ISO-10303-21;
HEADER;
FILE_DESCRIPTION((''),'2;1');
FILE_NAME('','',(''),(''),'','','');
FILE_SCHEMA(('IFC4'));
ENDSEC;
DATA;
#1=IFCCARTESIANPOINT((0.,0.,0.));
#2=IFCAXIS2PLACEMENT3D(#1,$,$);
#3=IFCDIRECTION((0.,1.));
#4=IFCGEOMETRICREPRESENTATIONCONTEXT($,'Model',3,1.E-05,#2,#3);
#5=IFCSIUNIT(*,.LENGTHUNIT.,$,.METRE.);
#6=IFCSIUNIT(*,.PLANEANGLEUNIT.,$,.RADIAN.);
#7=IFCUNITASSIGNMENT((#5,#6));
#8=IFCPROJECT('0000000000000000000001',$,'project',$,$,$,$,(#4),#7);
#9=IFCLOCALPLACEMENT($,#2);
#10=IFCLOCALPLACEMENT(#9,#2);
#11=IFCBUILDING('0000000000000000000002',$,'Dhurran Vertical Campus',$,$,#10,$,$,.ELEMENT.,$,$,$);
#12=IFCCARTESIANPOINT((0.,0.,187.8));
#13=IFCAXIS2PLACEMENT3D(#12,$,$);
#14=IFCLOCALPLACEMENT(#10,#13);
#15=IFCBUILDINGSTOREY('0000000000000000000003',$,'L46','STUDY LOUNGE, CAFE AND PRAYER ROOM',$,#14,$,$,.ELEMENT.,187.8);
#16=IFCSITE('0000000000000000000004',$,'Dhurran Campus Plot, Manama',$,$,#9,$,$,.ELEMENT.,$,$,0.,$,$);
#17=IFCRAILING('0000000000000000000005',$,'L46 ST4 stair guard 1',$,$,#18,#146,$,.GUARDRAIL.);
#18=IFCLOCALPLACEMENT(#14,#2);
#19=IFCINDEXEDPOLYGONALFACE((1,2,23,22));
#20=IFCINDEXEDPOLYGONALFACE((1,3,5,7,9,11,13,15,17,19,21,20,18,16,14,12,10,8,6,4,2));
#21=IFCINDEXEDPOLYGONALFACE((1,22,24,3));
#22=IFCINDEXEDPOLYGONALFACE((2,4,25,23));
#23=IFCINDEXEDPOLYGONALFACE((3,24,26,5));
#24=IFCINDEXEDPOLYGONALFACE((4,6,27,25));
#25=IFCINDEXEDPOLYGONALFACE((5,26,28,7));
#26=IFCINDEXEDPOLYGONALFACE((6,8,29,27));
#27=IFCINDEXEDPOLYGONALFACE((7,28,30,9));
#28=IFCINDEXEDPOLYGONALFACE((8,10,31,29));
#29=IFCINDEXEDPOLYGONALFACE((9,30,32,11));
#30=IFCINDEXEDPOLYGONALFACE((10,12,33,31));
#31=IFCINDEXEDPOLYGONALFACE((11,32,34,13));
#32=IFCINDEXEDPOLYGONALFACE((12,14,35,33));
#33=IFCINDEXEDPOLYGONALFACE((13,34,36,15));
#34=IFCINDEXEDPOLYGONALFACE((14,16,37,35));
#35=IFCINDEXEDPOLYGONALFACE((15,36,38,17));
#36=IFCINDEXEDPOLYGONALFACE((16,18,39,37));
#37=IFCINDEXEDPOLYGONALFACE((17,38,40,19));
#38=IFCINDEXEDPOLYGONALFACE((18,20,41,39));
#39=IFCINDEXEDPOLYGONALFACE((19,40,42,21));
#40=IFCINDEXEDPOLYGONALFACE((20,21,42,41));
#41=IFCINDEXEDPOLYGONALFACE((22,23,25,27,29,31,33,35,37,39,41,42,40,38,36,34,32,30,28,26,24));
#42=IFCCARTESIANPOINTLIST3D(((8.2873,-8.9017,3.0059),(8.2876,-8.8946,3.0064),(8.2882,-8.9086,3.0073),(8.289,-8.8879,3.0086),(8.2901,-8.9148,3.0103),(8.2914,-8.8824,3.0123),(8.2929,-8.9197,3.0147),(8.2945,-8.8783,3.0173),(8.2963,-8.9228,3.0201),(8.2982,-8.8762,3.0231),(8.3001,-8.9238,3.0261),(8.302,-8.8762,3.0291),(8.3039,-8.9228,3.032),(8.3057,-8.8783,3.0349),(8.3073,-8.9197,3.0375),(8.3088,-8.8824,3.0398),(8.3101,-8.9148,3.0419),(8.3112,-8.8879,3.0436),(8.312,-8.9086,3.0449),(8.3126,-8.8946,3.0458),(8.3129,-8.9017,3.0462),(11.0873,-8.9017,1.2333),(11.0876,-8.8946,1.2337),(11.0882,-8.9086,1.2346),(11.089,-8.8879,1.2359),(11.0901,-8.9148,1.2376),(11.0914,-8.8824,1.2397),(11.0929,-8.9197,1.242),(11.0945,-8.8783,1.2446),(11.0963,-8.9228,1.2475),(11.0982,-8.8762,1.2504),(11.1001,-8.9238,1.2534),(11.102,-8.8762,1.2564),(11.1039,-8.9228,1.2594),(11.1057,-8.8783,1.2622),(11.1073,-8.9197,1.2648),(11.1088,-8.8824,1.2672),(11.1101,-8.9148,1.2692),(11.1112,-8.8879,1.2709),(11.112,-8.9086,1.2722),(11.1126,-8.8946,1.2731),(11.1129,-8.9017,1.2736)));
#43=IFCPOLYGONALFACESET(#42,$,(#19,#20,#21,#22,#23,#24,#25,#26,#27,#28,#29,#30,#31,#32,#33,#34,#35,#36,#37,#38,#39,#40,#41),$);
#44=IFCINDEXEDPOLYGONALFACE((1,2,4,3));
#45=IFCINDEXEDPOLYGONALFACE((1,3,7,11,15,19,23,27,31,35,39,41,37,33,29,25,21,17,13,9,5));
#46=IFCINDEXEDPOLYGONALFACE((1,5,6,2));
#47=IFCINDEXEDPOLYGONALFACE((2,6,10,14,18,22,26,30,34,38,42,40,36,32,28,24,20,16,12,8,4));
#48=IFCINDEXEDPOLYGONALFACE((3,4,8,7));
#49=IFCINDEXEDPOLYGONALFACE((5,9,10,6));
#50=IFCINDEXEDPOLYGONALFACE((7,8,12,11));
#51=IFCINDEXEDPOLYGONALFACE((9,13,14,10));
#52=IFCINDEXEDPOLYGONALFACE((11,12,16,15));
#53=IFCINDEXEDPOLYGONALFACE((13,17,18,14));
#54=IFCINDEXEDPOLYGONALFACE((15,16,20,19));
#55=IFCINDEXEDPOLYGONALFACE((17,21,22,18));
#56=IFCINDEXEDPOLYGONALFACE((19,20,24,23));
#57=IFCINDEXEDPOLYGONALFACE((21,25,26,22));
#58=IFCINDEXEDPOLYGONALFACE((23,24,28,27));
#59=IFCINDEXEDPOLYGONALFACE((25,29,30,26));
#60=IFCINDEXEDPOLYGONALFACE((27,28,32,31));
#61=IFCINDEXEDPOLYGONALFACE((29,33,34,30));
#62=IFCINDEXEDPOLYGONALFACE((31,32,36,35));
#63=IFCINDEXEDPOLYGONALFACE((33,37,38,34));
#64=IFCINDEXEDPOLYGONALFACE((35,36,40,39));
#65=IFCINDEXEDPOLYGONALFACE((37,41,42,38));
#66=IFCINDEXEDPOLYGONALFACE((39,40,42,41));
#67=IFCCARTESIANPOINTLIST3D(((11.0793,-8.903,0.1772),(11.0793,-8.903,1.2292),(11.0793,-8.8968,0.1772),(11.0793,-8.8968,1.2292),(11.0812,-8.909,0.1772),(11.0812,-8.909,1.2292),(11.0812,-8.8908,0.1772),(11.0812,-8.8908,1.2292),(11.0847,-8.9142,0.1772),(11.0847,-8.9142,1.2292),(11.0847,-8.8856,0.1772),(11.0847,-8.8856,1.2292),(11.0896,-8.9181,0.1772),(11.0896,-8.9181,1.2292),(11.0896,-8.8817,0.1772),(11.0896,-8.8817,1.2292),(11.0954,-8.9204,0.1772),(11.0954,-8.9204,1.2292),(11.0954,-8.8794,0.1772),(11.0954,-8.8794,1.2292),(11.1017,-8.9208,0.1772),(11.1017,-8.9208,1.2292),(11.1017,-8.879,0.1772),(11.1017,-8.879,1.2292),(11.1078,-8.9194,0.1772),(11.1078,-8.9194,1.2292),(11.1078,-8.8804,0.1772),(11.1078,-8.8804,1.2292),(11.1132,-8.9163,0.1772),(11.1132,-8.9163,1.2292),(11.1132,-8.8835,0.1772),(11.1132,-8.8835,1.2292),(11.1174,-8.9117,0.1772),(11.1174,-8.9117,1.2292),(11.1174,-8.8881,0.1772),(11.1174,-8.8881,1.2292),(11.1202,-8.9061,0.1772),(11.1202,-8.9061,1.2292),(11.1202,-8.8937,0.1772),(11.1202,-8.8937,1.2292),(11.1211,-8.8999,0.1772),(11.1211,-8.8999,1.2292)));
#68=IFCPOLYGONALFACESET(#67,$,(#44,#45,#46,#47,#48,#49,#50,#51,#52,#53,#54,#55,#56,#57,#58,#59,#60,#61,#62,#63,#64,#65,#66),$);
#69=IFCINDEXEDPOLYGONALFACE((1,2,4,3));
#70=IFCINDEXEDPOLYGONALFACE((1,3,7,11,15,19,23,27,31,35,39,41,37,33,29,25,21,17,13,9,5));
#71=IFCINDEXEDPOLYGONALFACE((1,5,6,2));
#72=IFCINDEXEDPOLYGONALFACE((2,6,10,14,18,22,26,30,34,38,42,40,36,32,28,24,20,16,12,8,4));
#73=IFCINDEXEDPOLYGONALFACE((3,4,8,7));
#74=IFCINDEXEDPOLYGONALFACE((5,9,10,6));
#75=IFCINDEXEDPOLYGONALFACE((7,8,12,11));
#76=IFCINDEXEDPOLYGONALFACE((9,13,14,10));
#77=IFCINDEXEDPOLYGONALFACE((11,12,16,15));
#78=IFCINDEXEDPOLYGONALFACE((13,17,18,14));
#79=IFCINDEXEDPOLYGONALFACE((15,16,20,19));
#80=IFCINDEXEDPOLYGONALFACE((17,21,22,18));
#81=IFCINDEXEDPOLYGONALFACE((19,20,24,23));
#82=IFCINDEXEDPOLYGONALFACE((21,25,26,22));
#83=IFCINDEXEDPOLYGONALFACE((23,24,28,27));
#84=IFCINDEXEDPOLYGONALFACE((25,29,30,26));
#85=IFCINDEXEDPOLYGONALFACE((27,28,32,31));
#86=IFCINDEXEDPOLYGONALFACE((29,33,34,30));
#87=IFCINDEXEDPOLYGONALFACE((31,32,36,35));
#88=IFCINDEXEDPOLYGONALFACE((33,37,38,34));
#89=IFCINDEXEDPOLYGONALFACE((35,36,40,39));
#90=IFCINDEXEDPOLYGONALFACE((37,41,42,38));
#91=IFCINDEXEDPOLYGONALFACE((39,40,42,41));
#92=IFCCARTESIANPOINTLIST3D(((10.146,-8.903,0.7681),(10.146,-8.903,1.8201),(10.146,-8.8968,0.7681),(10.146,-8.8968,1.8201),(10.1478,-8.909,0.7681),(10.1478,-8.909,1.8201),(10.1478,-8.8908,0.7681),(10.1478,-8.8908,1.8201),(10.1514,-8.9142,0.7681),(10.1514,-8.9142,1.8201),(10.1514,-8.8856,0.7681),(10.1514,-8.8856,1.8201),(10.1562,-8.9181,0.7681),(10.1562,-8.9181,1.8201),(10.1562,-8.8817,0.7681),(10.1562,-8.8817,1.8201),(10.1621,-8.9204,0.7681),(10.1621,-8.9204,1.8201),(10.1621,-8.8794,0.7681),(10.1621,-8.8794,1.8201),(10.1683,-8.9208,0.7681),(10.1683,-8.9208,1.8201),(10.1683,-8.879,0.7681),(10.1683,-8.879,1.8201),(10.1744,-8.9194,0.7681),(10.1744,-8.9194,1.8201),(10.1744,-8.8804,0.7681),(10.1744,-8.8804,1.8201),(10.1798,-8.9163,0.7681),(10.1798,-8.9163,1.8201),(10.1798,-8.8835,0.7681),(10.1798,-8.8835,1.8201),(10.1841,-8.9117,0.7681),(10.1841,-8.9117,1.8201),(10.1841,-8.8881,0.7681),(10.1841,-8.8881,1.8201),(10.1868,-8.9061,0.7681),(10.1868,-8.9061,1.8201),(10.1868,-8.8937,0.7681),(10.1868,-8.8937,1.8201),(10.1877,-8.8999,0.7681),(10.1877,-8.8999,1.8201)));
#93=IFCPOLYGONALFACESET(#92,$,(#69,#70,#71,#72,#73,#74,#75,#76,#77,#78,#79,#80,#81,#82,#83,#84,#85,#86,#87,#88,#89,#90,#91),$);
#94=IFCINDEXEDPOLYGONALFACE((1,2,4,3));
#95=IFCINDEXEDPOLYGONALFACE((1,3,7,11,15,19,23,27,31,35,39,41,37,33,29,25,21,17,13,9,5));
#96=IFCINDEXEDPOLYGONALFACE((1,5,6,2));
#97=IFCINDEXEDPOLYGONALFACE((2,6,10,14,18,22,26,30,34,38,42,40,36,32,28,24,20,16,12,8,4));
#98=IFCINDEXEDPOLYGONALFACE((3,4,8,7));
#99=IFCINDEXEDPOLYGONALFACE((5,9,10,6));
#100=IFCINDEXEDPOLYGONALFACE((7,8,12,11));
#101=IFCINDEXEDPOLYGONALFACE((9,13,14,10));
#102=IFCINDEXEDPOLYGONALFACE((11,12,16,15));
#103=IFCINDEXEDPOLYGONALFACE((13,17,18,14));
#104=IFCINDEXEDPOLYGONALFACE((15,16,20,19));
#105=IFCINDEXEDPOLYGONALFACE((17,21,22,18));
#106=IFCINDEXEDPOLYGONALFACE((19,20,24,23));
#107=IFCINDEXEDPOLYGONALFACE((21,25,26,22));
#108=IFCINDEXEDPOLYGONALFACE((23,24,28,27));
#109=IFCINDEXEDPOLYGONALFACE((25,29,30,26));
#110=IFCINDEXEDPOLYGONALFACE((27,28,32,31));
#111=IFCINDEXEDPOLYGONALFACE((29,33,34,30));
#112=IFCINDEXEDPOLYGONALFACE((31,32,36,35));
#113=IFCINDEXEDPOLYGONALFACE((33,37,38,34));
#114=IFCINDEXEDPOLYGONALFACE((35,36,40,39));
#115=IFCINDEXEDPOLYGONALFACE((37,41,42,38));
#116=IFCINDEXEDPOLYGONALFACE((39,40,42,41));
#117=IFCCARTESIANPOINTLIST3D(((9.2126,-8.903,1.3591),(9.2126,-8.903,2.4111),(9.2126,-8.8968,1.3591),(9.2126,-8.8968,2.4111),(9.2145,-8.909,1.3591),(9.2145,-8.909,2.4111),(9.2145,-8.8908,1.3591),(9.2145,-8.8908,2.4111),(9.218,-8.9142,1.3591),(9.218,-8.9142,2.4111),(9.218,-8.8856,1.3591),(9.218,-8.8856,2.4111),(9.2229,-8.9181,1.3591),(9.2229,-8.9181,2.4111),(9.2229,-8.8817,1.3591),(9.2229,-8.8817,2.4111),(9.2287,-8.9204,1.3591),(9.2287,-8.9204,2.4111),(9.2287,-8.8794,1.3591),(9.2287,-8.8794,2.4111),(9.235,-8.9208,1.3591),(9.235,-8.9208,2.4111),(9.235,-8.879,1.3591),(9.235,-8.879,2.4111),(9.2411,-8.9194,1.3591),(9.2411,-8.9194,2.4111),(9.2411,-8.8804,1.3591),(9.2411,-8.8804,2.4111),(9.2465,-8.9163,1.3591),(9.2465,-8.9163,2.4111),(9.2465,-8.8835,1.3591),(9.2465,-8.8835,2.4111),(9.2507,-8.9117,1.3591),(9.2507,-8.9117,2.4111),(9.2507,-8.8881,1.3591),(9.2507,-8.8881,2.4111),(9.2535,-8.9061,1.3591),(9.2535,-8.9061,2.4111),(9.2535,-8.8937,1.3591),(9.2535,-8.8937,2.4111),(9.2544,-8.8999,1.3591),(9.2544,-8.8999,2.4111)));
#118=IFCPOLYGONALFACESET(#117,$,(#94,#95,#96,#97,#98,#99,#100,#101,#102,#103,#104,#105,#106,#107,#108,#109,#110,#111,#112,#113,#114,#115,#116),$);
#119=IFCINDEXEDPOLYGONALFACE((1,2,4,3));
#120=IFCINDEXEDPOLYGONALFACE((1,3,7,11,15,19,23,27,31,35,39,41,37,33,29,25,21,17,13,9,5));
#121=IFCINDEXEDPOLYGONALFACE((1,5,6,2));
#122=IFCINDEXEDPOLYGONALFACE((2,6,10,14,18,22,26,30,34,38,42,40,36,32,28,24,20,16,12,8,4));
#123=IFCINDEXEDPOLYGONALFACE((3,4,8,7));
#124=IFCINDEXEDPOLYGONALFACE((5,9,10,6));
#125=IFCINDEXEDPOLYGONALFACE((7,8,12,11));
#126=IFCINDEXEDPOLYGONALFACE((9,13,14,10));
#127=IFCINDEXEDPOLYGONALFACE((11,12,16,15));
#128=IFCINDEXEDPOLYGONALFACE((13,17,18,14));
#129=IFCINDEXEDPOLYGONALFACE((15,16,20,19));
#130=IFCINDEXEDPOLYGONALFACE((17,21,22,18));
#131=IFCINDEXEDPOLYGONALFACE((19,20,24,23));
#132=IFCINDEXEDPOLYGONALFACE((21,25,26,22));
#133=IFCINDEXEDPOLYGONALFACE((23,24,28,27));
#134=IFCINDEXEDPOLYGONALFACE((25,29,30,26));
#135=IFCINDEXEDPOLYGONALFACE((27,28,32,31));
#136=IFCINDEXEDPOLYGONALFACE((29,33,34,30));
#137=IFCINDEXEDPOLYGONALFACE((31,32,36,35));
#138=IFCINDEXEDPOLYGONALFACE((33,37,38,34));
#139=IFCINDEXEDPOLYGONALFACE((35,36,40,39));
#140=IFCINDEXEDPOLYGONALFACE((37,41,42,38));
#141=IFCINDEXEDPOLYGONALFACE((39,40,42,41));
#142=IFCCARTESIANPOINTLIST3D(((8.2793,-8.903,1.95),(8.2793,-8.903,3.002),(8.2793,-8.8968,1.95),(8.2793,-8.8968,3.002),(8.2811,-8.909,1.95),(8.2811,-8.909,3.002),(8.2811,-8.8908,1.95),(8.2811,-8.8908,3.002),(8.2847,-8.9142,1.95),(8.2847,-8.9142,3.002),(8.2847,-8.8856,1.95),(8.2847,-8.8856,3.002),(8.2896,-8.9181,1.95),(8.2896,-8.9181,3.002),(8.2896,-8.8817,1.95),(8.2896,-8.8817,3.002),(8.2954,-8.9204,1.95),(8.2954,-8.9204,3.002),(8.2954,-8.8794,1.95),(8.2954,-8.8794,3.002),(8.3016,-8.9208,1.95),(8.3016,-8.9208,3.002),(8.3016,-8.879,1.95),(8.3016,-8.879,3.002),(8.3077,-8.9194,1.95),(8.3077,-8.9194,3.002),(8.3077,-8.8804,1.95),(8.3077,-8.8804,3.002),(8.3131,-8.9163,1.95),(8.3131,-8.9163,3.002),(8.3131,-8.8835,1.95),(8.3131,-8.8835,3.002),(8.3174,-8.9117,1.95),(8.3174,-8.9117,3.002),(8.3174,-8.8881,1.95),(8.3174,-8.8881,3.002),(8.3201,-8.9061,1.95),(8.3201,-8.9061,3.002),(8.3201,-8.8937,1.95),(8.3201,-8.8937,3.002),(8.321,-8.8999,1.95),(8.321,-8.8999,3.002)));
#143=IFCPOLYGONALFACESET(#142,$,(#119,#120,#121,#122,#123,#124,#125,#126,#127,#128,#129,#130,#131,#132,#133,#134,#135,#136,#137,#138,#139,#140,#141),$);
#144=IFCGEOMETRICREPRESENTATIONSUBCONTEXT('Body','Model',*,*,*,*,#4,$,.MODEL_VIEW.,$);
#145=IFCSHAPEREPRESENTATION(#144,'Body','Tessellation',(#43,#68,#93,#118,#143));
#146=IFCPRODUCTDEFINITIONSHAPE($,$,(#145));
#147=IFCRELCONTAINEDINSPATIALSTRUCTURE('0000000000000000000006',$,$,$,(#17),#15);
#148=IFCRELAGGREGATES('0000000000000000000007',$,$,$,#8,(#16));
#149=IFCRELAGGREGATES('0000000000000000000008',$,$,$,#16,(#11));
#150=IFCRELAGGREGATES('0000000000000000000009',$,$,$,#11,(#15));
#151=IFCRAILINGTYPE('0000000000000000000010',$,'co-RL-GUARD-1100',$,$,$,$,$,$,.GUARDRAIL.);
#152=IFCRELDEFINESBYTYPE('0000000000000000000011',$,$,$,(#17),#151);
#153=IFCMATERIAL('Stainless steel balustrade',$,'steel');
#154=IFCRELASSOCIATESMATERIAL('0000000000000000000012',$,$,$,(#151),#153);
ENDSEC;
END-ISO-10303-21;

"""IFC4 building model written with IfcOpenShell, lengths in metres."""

from ifc_helpers import new_model, si_unit, direction, frame, origin, origin_2d, place, context, subcontext, project, spatial, circle, extrude, material, type_object, element, save


model = new_model("IFC4")

# Units and contexts
model_context = context("Model", 3, precision=1e-05, world=origin(), true_north=direction((0.0, 1.0)))
body_context = subcontext(model_context, "Body", "Model", "MODEL_VIEW")
ifc_project = project(units=[si_unit("LENGTHUNIT", "METRE"), si_unit("PLANEANGLEUNIT", "RADIAN")], contexts=[model_context])

# Site, building, storey
site_placement = place(None, origin())
site = spatial("IfcSite", under=ifc_project, at=site_placement, Name="Dhurran Campus Plot, Manama", CompositionType="ELEMENT", RefElevation=0.0)
building_placement = place(site_placement, origin())
building = spatial("IfcBuilding", under=site, at=building_placement, Name="Dhurran Vertical Campus", CompositionType="ELEMENT")
storey_placement = place(building_placement, frame((0.0, 0.0, 187.8)))
storey = spatial("IfcBuildingStorey", under=building, at=storey_placement, Name="L46", Description="STUDY LOUNGE, CAFE AND PRAYER ROOM", CompositionType="ELEMENT", Elevation=187.8)

# Railing
ifc_material_1 = material(Name="Stainless steel balustrade", Category="steel")
railing_type_1 = type_object("IfcRailingType", Name="co-RL-GUARD-1100", PredefinedType="GUARDRAIL", material=ifc_material_1)
railing_1_placement = place(storey_placement, frame((11.1001, -8.8999, 0.1772)))
element("IfcRailing", 1, at=railing_1_placement, inside=storey, type_object=railing_type_1, Name="L46 ST4 stair guard 1", PredefinedType="GUARDRAIL", context=body_context, shape_type="SweptSolid", body=[
    extrude(circle(Radius=0.0239, at=origin_2d()), frame((0.0, 0.0, 1.0762), z_axis=(-0.844909, 0.0, 0.53491), x_axis=(0.0, -1.0, 0.0)), (0.0, 0.0, 1.0), 3.314),
    extrude(circle(Radius=0.021, at=origin_2d()), origin(), (0.0, 0.0, 1.0), 1.052),
    extrude(circle(Radius=0.021, at=origin_2d()), frame((-0.9333, 0.0, 0.5908)), (0.0, 0.0, 1.0), 1.052),
    extrude(circle(Radius=0.021, at=origin_2d()), frame((-1.8667, 0.0, 1.1819)), (0.0, 0.0, 1.0), 1.052),
    extrude(circle(Radius=0.021, at=origin_2d()), frame((-2.8, 0.0, 1.7727)), (0.0, 0.0, 1.0), 1.052),
])

save(model, "model.ifc")
